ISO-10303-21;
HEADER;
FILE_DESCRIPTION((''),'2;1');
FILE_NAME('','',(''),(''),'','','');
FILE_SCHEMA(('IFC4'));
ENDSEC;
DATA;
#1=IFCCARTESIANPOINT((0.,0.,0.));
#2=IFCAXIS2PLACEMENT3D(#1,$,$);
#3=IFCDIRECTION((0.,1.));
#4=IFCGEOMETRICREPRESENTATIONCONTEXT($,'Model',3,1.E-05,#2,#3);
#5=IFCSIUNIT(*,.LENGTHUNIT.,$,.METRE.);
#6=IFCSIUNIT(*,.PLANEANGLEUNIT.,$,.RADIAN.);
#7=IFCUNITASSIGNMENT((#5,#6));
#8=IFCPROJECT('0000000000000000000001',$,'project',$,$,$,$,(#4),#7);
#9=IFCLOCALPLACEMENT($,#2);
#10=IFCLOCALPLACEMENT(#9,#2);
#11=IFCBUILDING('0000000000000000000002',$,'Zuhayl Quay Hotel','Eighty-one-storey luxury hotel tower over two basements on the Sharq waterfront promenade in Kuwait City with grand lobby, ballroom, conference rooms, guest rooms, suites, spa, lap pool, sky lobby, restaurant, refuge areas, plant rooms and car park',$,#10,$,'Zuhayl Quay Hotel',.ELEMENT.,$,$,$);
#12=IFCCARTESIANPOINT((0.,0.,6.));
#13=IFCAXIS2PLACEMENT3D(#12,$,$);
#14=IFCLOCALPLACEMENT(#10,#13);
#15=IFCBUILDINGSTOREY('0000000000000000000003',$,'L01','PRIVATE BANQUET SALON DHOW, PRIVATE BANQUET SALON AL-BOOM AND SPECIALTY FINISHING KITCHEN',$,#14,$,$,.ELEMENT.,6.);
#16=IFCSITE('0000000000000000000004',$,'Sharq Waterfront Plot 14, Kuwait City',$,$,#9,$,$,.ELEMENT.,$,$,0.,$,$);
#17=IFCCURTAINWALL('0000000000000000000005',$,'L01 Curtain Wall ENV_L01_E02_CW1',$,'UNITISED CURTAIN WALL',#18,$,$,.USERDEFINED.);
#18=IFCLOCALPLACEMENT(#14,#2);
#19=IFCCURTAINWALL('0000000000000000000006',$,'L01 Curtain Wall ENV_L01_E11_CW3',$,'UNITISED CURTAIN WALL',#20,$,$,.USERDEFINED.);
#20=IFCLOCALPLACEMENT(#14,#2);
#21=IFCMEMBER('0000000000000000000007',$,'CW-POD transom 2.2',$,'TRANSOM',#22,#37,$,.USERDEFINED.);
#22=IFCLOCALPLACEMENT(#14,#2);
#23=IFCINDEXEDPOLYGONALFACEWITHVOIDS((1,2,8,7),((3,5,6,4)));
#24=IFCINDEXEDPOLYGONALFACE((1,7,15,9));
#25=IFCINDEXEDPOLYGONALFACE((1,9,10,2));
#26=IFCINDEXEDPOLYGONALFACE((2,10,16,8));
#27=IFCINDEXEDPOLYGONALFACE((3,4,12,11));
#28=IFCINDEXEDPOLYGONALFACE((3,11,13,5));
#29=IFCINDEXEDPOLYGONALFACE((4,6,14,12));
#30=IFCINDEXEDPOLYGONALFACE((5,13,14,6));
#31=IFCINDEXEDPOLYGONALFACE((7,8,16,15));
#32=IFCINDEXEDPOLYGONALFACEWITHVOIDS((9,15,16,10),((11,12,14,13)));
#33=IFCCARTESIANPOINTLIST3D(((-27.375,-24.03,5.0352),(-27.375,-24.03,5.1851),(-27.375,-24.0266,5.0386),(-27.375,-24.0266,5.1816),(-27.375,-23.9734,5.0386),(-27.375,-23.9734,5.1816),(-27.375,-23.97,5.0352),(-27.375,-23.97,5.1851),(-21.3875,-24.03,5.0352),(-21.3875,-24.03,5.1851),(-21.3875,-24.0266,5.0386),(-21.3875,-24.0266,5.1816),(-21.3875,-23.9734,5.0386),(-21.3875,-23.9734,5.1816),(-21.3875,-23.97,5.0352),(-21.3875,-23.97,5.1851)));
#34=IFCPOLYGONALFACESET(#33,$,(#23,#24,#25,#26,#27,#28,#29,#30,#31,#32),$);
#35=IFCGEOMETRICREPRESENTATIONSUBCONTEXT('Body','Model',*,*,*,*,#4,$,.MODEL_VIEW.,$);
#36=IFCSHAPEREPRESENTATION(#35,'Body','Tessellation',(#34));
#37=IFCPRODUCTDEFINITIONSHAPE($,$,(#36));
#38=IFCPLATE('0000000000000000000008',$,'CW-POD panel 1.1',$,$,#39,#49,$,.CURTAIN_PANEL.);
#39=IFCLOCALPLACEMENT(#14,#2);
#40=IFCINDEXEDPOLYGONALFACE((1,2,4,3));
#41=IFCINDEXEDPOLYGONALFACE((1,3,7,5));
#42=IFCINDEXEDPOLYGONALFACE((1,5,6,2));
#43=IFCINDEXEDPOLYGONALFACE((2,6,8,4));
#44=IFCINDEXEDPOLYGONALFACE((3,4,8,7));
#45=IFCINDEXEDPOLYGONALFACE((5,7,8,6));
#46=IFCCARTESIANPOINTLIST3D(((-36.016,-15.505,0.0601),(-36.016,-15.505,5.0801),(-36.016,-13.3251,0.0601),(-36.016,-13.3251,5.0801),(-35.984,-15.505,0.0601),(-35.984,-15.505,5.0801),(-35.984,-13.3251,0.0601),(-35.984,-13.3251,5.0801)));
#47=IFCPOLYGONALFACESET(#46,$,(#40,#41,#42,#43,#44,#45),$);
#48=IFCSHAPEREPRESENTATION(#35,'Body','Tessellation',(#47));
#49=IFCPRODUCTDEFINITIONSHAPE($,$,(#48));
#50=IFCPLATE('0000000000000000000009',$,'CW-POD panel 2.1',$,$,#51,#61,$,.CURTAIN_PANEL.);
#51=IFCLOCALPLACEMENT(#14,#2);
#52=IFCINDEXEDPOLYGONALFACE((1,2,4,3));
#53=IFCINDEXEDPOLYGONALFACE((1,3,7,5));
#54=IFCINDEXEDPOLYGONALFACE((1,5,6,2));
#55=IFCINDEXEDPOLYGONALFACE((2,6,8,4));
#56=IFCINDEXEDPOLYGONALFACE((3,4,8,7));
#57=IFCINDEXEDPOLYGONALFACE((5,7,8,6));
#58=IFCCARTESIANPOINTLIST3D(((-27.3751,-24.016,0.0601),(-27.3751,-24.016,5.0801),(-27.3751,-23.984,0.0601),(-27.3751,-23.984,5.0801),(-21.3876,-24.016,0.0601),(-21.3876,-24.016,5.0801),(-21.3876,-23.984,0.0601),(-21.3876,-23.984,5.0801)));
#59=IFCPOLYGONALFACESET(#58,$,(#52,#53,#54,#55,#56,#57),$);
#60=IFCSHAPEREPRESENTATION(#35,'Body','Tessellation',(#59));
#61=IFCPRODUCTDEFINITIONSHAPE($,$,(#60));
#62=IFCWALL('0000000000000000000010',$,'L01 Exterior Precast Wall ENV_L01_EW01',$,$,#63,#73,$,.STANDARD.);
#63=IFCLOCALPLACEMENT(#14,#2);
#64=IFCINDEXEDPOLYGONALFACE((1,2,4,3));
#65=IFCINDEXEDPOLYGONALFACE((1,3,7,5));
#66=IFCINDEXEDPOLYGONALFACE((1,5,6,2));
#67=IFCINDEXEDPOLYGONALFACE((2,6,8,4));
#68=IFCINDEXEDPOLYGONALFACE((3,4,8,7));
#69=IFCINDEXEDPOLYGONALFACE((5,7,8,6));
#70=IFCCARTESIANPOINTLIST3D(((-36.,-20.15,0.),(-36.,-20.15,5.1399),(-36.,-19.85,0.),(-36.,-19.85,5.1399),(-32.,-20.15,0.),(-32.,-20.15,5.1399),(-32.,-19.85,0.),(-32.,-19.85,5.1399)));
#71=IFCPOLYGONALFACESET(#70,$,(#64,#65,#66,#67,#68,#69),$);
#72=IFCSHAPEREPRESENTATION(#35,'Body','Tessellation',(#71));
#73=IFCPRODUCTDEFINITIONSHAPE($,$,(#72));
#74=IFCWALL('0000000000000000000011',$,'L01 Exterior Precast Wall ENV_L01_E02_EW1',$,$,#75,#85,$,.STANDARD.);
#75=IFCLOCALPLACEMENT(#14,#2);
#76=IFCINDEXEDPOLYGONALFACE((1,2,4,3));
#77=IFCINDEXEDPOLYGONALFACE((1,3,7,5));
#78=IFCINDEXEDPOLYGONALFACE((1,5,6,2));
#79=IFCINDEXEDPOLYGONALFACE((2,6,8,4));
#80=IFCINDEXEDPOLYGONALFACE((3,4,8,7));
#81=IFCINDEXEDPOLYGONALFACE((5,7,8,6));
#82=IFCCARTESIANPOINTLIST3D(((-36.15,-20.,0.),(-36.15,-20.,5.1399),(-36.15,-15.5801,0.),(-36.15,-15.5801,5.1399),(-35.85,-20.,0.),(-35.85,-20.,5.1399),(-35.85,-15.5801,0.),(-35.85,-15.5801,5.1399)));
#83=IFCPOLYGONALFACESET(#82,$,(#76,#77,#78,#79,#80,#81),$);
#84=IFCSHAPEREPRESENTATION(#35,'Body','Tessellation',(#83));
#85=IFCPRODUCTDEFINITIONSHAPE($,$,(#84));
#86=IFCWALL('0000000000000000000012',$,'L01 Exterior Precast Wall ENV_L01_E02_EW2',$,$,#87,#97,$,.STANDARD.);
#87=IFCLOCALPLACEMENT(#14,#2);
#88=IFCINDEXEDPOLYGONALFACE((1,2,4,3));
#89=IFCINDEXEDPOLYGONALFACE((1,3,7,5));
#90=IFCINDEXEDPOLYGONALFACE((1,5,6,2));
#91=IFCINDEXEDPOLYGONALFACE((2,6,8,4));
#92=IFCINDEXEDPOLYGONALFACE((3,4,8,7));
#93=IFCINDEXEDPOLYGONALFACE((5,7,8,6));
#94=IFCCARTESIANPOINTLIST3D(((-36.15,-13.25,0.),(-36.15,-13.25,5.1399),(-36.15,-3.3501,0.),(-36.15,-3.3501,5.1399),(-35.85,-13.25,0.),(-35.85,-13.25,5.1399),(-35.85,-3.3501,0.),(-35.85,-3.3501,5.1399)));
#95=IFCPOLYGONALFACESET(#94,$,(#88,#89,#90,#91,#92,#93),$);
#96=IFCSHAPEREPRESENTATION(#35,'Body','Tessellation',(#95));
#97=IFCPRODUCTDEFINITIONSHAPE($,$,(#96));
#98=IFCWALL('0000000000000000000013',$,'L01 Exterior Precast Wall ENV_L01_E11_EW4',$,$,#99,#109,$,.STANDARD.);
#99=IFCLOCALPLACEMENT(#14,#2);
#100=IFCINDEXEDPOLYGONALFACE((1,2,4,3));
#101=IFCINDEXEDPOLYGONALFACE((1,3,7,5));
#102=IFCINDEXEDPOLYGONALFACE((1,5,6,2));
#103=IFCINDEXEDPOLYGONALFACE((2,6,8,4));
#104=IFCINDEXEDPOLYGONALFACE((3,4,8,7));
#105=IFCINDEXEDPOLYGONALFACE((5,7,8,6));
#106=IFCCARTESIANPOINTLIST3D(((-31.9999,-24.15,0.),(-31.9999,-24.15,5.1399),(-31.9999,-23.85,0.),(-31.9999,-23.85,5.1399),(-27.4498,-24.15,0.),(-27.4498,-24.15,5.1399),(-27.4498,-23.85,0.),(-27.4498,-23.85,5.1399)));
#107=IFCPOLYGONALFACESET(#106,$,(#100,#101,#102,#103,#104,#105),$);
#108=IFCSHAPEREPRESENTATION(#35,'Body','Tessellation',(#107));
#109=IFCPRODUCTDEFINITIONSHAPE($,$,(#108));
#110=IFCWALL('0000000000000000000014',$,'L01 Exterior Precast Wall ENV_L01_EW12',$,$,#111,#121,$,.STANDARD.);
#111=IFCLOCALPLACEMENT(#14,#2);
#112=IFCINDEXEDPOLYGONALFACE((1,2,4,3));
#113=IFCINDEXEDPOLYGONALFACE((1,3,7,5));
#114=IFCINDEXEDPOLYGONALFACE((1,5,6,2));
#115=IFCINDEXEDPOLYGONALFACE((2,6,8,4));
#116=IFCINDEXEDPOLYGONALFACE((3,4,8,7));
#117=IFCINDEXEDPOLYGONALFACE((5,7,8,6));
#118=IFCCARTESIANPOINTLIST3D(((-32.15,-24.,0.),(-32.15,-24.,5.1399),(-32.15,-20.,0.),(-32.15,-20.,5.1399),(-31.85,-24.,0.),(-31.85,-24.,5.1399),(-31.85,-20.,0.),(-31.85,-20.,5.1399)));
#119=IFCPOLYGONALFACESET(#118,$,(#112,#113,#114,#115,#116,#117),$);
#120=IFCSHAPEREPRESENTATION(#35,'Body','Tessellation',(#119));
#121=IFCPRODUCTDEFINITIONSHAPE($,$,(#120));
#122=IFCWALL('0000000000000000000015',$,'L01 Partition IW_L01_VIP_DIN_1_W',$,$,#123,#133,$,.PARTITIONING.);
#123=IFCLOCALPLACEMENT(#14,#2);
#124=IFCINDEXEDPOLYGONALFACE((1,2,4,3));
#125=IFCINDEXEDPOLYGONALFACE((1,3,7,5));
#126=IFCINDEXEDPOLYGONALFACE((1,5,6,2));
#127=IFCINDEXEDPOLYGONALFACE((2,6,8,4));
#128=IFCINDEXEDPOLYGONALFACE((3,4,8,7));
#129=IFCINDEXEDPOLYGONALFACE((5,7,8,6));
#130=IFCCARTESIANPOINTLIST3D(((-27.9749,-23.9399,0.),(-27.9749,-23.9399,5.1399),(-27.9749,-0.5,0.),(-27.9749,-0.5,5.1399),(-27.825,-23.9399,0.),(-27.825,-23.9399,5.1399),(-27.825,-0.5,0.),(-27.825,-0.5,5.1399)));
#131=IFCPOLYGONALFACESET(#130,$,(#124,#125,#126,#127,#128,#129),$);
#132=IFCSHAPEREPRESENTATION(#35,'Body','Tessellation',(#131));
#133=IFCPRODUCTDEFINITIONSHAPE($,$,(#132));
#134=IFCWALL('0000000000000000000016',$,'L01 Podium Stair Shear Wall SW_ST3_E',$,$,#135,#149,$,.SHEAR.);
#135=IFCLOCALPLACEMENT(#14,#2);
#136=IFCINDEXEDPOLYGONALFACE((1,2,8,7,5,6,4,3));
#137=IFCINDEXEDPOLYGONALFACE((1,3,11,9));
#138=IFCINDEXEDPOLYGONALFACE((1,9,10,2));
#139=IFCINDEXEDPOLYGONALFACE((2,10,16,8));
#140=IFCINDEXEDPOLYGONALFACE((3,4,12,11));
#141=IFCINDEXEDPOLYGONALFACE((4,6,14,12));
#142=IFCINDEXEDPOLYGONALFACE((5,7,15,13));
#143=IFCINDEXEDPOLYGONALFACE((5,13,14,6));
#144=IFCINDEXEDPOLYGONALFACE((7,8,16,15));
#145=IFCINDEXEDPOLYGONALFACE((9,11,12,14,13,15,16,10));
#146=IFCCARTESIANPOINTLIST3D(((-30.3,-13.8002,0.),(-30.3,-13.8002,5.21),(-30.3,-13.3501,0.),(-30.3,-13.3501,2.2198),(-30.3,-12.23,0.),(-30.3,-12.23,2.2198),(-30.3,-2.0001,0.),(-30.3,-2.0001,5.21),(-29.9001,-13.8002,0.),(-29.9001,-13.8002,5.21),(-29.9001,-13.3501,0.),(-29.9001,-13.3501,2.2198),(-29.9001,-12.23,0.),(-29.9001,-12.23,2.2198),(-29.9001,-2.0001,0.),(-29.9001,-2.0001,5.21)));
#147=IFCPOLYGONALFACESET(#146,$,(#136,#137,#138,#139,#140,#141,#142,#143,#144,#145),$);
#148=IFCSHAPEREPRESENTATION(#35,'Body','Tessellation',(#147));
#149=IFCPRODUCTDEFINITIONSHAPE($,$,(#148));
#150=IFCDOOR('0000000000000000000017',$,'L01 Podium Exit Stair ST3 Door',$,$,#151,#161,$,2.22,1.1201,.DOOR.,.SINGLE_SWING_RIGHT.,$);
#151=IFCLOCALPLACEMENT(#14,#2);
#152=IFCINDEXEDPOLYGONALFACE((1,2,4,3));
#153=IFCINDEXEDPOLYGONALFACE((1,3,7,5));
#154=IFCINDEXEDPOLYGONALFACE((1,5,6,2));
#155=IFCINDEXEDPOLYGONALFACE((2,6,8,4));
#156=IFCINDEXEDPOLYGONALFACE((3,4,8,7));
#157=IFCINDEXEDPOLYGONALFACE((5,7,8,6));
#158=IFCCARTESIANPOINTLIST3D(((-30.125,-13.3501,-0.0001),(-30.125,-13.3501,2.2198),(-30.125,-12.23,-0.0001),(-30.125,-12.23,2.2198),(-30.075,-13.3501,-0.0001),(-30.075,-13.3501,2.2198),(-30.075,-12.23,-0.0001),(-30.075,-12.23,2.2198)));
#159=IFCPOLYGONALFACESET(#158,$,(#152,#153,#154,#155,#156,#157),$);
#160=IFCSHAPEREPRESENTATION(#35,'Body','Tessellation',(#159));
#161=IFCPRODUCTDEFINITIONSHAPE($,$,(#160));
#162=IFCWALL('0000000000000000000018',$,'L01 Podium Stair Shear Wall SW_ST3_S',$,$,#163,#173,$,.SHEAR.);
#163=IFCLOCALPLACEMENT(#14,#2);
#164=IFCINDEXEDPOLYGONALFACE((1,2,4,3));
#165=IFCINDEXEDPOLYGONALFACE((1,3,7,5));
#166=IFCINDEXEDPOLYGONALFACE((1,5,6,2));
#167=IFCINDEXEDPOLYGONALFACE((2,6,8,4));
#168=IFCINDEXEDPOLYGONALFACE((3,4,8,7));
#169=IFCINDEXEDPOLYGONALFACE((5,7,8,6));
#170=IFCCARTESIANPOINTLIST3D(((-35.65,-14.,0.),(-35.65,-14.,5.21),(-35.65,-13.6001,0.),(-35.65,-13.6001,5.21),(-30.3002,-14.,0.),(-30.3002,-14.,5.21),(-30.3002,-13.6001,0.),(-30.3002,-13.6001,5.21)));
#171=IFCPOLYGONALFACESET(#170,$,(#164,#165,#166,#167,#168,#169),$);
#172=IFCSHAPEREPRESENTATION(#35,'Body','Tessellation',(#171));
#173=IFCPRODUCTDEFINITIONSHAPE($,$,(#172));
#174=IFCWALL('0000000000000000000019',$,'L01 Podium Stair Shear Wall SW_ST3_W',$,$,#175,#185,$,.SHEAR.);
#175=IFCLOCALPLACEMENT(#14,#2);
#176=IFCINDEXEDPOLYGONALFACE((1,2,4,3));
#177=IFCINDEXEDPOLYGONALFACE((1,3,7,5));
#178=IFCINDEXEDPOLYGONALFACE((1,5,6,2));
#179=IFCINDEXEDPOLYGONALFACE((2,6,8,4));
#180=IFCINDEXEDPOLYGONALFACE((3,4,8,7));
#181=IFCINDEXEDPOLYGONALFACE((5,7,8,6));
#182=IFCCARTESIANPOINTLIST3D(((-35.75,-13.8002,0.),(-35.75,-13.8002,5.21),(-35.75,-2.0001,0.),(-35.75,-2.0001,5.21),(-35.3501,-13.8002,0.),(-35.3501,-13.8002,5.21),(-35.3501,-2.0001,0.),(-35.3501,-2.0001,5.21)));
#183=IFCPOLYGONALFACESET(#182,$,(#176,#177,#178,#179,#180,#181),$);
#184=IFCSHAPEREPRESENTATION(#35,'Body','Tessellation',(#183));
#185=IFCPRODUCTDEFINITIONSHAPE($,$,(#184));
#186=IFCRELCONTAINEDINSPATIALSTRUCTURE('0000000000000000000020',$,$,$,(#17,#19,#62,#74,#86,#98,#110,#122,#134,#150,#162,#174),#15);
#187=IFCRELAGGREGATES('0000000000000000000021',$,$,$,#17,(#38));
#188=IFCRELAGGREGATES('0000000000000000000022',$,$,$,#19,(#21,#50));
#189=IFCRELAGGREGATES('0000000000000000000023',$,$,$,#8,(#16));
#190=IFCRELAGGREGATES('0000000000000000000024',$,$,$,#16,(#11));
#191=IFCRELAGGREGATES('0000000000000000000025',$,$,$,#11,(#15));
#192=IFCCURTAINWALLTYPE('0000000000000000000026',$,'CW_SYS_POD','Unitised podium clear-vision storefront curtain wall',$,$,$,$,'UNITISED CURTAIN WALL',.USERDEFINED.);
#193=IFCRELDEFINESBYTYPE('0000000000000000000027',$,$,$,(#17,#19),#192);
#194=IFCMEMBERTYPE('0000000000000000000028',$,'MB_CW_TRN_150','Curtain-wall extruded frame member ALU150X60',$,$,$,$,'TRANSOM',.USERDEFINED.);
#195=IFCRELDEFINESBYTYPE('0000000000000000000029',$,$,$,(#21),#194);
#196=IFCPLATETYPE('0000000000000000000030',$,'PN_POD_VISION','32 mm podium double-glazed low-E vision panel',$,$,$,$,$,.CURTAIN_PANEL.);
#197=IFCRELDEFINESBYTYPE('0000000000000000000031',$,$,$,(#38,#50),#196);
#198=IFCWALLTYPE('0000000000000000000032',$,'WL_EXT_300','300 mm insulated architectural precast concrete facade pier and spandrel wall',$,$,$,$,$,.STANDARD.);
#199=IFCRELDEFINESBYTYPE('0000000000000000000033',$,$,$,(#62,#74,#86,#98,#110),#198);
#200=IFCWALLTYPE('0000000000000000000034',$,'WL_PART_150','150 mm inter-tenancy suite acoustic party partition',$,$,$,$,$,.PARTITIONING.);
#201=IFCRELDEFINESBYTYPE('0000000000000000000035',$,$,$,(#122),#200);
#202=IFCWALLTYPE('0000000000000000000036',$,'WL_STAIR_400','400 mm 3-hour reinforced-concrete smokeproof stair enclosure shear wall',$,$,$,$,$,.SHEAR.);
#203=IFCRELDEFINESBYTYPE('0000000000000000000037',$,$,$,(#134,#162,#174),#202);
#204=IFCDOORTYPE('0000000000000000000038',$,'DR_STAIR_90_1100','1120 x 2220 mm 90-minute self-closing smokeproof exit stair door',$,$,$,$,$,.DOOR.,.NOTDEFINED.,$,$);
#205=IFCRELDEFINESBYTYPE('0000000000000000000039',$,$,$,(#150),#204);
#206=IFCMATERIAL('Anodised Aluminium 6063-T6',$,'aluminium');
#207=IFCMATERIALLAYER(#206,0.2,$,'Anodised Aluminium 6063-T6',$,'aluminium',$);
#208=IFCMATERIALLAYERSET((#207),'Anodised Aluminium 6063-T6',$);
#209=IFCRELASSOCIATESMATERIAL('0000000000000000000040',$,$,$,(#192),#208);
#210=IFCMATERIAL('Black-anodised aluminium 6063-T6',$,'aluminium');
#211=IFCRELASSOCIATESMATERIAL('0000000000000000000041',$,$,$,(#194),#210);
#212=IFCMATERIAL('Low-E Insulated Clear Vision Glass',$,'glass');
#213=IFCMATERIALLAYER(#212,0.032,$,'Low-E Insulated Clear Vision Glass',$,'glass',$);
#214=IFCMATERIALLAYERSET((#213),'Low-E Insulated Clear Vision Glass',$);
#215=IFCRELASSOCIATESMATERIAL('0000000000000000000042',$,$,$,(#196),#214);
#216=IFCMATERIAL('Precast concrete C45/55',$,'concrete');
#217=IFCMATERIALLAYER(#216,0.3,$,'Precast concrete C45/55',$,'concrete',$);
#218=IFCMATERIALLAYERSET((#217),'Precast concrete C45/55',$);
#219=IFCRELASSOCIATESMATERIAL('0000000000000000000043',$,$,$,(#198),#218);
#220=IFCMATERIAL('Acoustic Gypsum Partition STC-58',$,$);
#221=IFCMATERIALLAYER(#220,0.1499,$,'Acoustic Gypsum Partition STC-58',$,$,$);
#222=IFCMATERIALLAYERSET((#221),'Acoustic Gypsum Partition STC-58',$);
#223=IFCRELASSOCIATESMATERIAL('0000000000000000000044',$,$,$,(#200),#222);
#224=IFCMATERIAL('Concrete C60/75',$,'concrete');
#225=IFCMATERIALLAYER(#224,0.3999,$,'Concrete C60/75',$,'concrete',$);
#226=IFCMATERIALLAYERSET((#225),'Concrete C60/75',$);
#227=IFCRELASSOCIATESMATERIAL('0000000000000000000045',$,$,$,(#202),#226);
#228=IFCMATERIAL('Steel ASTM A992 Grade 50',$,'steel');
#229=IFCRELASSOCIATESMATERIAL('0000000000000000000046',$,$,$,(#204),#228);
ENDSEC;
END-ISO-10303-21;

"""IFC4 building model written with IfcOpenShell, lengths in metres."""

from ifc_helpers import new_model, si_unit, direction, frame, frame_2d, origin, origin_2d, place, context, subcontext, project, spatial, rectangle, hollow_rectangle, extrude, material, layer, layer_set, material_profile, profile_set, type_object, element, fill, aggregate, save


model = new_model("IFC4")

# Units and contexts
model_context = context("Model", 3, precision=1e-05, world=origin(), true_north=direction((0.0, 1.0)))
body_context = subcontext(model_context, "Body", "Model", "MODEL_VIEW")
ifc_project = project(units=[si_unit("LENGTHUNIT", "METRE"), si_unit("PLANEANGLEUNIT", "RADIAN")], contexts=[model_context])

# Site, building, storey
site_placement = place(None, origin())
site = spatial("IfcSite", under=ifc_project, at=site_placement, Name="Sharq Waterfront Plot 14, Kuwait City", CompositionType="ELEMENT", RefElevation=0.0)
building_placement = place(site_placement, origin())
building = spatial("IfcBuilding", under=site, at=building_placement, Name="Zuhayl Quay Hotel", Description="Eighty-one-storey luxury hotel tower over two basements on the Sharq waterfront promenade in Kuwait City with grand lobby, ballroom, conference rooms, guest rooms, suites, spa, lap pool, sky lobby, restaurant, refuge areas, plant rooms and car park", LongName="Zuhayl Quay Hotel", CompositionType="ELEMENT")
storey_placement = place(building_placement, frame((0.0, 0.0, 6.0)))
storey = spatial("IfcBuildingStorey", under=building, at=storey_placement, Name="L01", Description="PRIVATE BANQUET SALON DHOW, PRIVATE BANQUET SALON AL-BOOM AND SPECIALTY FINISHING KITCHEN", CompositionType="ELEMENT", Elevation=6.0)

# Shared definitions
ifc_material_1 = material(Name="Steel ASTM A992 Grade 50", Category="steel")

# Curtain wall
ifc_material_2 = material(Name="Anodised Aluminium 6063-T6", Category="aluminium")
ifc_layer_1 = layer(ifc_material_2, 0.2, Name="Anodised Aluminium 6063-T6", Category="aluminium")
ifc_layer_set_1 = layer_set([ifc_layer_1], Name="Anodised Aluminium 6063-T6")
curtain_wall_type = type_object("IfcCurtainWallType", Name="CW_SYS_POD", Description="Unitised podium clear-vision storefront curtain wall", ElementType="UNITISED CURTAIN WALL", PredefinedType="USERDEFINED", material=ifc_layer_set_1)
curtain_wall_1_placement = place(storey_placement, origin())
curtain_wall_1 = element("IfcCurtainWall", 1, at=curtain_wall_1_placement, inside=storey, type_object=curtain_wall_type, Name="L01 Curtain Wall ENV_L01_E02_CW1", ObjectType="UNITISED CURTAIN WALL", PredefinedType="USERDEFINED")
ifc_material_3 = material(Name="Black-anodised aluminium 6063-T6", Category="aluminium")

# Curtain wall
curtain_wall_2_placement = place(storey_placement, origin())
curtain_wall_2 = element("IfcCurtainWall", 2, at=curtain_wall_2_placement, inside=storey, type_object=curtain_wall_type, Name="L01 Curtain Wall ENV_L01_E11_CW3", ObjectType="UNITISED CURTAIN WALL", PredefinedType="USERDEFINED")

# Member
ifc_material_profile_1 = material_profile(ifc_material_3, hollow_rectangle(XDim=0.0601, YDim=0.1499, WallThickness=0.0034, at=origin_2d()), Name="ALU150X60")
ifc_profile_set_1 = profile_set([ifc_material_profile_1], Name="Black-anodised aluminium 6063-T6")
member_type_1 = type_object("IfcMemberType", Name="MB_CW_TRN_150", Description="Curtain-wall extruded frame member ALU150X60", ElementType="TRANSOM", PredefinedType="USERDEFINED", material=ifc_profile_set_1)
member_1_placement = place(storey_placement, frame((-21.3875, -24.0, 5.1101), z_axis=(-1.0, 0.0, 0.0), x_axis=(0.0, -1.0, 0.0)))
member_1 = element("IfcMember", 3, at=member_1_placement, type_object=member_type_1, Name="CW-POD transom 2.2", ObjectType="TRANSOM", PredefinedType="USERDEFINED", context=body_context, shape_type="SweptSolid", body=[
    extrude(hollow_rectangle(XDim=0.0601, YDim=0.1499, WallThickness=0.0034, at=origin_2d()), origin(), (0.0, 0.0, 1.0), 5.9875),
])

# Plates
ifc_material_4 = material(Name="Low-E Insulated Clear Vision Glass", Category="glass")
ifc_layer_2 = layer(ifc_material_4, 0.032, Name="Low-E Insulated Clear Vision Glass", Category="glass")
ifc_layer_set_2 = layer_set([ifc_layer_2], Name="Low-E Insulated Clear Vision Glass")
plate_type = type_object("IfcPlateType", Name="PN_POD_VISION", Description="32 mm podium double-glazed low-E vision panel", PredefinedType="CURTAIN_PANEL", material=ifc_layer_set_2)
plate_1_placement = place(storey_placement, frame((-36.0, -14.415, 0.0601), z_axis=(0.0, 0.0, 1.0), x_axis=(0.0, 1.0, 0.0)))
plate_1 = element("IfcPlate", 4, at=plate_1_placement, type_object=plate_type, Name="CW-POD panel 1.1", PredefinedType="CURTAIN_PANEL", context=body_context, shape_type="SweptSolid", body=[
    extrude(rectangle(XDim=2.1799, YDim=0.032, at=origin_2d()), origin(), (0.0, 0.0, 1.0), 5.02),
])
aggregate(curtain_wall_1, [plate_1])
plate_2_placement = place(storey_placement, frame((-24.3813, -24.0, 0.0601), z_axis=(0.0, 0.0, 1.0), x_axis=(-1.0, 0.0, 0.0)))
plate_2 = element("IfcPlate", 5, at=plate_2_placement, type_object=plate_type, Name="CW-POD panel 2.1", PredefinedType="CURTAIN_PANEL", context=body_context, shape_type="SweptSolid", body=[
    extrude(rectangle(XDim=5.9875, YDim=0.032, at=origin_2d()), origin(), (0.0, 0.0, 1.0), 5.02),
])
aggregate(curtain_wall_2, [member_1, plate_2])

# Walls
ifc_material_5 = material(Name="Precast concrete C45/55", Category="concrete")
ifc_layer_3 = layer(ifc_material_5, 0.3, Name="Precast concrete C45/55", Category="concrete")
ifc_layer_set_3 = layer_set([ifc_layer_3], Name="Precast concrete C45/55")
wall_type_1 = type_object("IfcWallType", Name="WL_EXT_300", Description="300 mm insulated architectural precast concrete facade pier and spandrel wall", PredefinedType="STANDARD", material=ifc_layer_set_3)
wall_1_placement = place(storey_placement, frame((-32.0, -20.0, 0.0), z_axis=(0.0, 0.0, 1.0), x_axis=(-1.0, 0.0, 0.0)))
element("IfcWall", 6, at=wall_1_placement, inside=storey, type_object=wall_type_1, Name="L01 Exterior Precast Wall ENV_L01_EW01", PredefinedType="STANDARD", context=body_context, shape_type="SweptSolid", body=[
    extrude(rectangle(XDim=4.0, YDim=0.3, at=frame_2d((2.0, 0.0))), origin(), (0.0, 0.0, 1.0), 5.1399),
])
wall_2_placement = place(storey_placement, frame((-36.0, -20.0, 0.0), z_axis=(0.0, 0.0, 1.0), x_axis=(0.0, 1.0, 0.0)))
element("IfcWall", 7, at=wall_2_placement, inside=storey, type_object=wall_type_1, Name="L01 Exterior Precast Wall ENV_L01_E02_EW1", PredefinedType="STANDARD", context=body_context, shape_type="SweptSolid", body=[
    extrude(rectangle(XDim=4.4199, YDim=0.3, at=frame_2d((2.21, 0.0))), origin(), (0.0, 0.0, 1.0), 5.1399),
])
wall_3_placement = place(storey_placement, frame((-36.0, -13.25, 0.0), z_axis=(0.0, 0.0, 1.0), x_axis=(0.0, 1.0, 0.0)))
element("IfcWall", 8, at=wall_3_placement, inside=storey, type_object=wall_type_1, Name="L01 Exterior Precast Wall ENV_L01_E02_EW2", PredefinedType="STANDARD", context=body_context, shape_type="SweptSolid", body=[
    extrude(rectangle(XDim=9.8999, YDim=0.3, at=frame_2d((4.95, 0.0))), origin(), (0.0, 0.0, 1.0), 5.1399),
])
wall_4_placement = place(storey_placement, frame((-27.45, -24.0, 0.0), z_axis=(0.0, 0.0, 1.0), x_axis=(-1.0, 0.0, 0.0)))
element("IfcWall", 9, at=wall_4_placement, inside=storey, type_object=wall_type_1, Name="L01 Exterior Precast Wall ENV_L01_E11_EW4", PredefinedType="STANDARD", context=body_context, shape_type="SweptSolid", body=[
    extrude(rectangle(XDim=4.55, YDim=0.3, at=frame_2d((2.2749, 0.0))), origin(), (0.0, 0.0, 1.0), 5.1399),
])
wall_5_placement = place(storey_placement, frame((-32.0, -24.0, 0.0), z_axis=(0.0, 0.0, 1.0), x_axis=(0.0, 1.0, 0.0)))
element("IfcWall", 10, at=wall_5_placement, inside=storey, type_object=wall_type_1, Name="L01 Exterior Precast Wall ENV_L01_EW12", PredefinedType="STANDARD", context=body_context, shape_type="SweptSolid", body=[
    extrude(rectangle(XDim=4.0, YDim=0.3, at=frame_2d((2.0, 0.0))), origin(), (0.0, 0.0, 1.0), 5.1399),
])
ifc_material_6 = material(Name="Acoustic Gypsum Partition STC-58")
ifc_layer_4 = layer(ifc_material_6, 0.1499, Name="Acoustic Gypsum Partition STC-58")
ifc_layer_set_4 = layer_set([ifc_layer_4], Name="Acoustic Gypsum Partition STC-58")
wall_type_2 = type_object("IfcWallType", Name="WL_PART_150", Description="150 mm inter-tenancy suite acoustic party partition", PredefinedType="PARTITIONING", material=ifc_layer_set_4)
wall_6_placement = place(storey_placement, frame((-27.8999, -23.9399, 0.0), z_axis=(0.0, 0.0, 1.0), x_axis=(0.0, 1.0, 0.0)))
element("IfcWall", 11, at=wall_6_placement, inside=storey, type_object=wall_type_2, Name="L01 Partition IW_L01_VIP_DIN_1_W", PredefinedType="PARTITIONING", context=body_context, shape_type="SweptSolid", body=[
    extrude(rectangle(XDim=23.4399, YDim=0.1499, at=frame_2d((11.72, 0.0))), origin(), (0.0, 0.0, 1.0), 5.1399),
])

# Wall, opening, door
ifc_material_7 = material(Name="Concrete C60/75", Category="concrete")
ifc_layer_5 = layer(ifc_material_7, 0.3999, Name="Concrete C60/75", Category="concrete")
ifc_layer_set_5 = layer_set([ifc_layer_5], Name="Concrete C60/75")
wall_type_3 = type_object("IfcWallType", Name="WL_STAIR_400", Description="400 mm 3-hour reinforced-concrete smokeproof stair enclosure shear wall", PredefinedType="SHEAR", material=ifc_layer_set_5)
wall_7_placement = place(storey_placement, frame((-30.1001, -13.8, 0.0), z_axis=(0.0, 0.0, 1.0), x_axis=(0.0, 1.0, 0.0)))
wall_7 = element("IfcWall", 12, at=wall_7_placement, inside=storey, type_object=wall_type_3, Name="L01 Podium Stair Shear Wall SW_ST3_E", PredefinedType="SHEAR", context=body_context, shape_type="SweptSolid", body=[
    extrude(rectangle(XDim=11.8, YDim=0.3999, at=frame_2d((5.8999, 0.0))), origin(), (0.0, 0.0, 1.0), 5.21),
])
opening_placement = place(wall_7_placement, frame((0.45, 0.0, 0.0)))
opening = element("IfcOpeningElement", 13, at=opening_placement, cuts=wall_7, PredefinedType="OPENING", context=body_context, shape_type="SweptSolid", body=[
    extrude(rectangle(XDim=1.1201, YDim=2.22, at=frame_2d((0.5601, 1.1099))), frame((0.0, 0.21, 0.0), z_axis=(0.0, -1.0, 0.0), x_axis=(1.0, 0.0, 0.0)), (0.0, 0.0, 1.0), 0.4199),
])
door_type = type_object("IfcDoorType", Name="DR_STAIR_90_1100", Description="1120 x 2220 mm 90-minute self-closing smokeproof exit stair door", OperationType="NOTDEFINED", PredefinedType="DOOR", material=ifc_material_1)
door_placement = place(opening_placement, origin())
door = element("IfcDoor", 14, at=door_placement, inside=storey, type_object=door_type, Name="L01 Podium Exit Stair ST3 Door", OperationType="SINGLE_SWING_RIGHT", OverallHeight=2.22, OverallWidth=1.1201, PredefinedType="DOOR", context=body_context, shape_type="SweptSolid", body=[
    extrude(rectangle(XDim=1.1201, YDim=2.22, at=frame_2d((0.5601, 1.1099))), frame((0.0, 0.0249, 0.0), z_axis=(0.0, -1.0, 0.0), x_axis=(1.0, 0.0, 0.0)), (0.0, 0.0, 1.0), 0.05),
])
fill(opening, door)

# Walls
wall_8_placement = place(storey_placement, frame((-35.6499, -13.8, 0.0), z_axis=(0.0, 0.0, 1.0), x_axis=(1.0, 0.0, 0.0)))
element("IfcWall", 15, at=wall_8_placement, inside=storey, type_object=wall_type_3, Name="L01 Podium Stair Shear Wall SW_ST3_S", PredefinedType="SHEAR", context=body_context, shape_type="SweptSolid", body=[
    extrude(rectangle(XDim=5.3499, YDim=0.3999, at=frame_2d((2.6748, 0.0))), origin(), (0.0, 0.0, 1.0), 5.21),
])
wall_9_placement = place(storey_placement, frame((-35.55, -13.8, 0.0), z_axis=(0.0, 0.0, 1.0), x_axis=(0.0, 1.0, 0.0)))
element("IfcWall", 16, at=wall_9_placement, inside=storey, type_object=wall_type_3, Name="L01 Podium Stair Shear Wall SW_ST3_W", PredefinedType="SHEAR", context=body_context, shape_type="SweptSolid", body=[
    extrude(rectangle(XDim=11.8, YDim=0.3999, at=frame_2d((5.8999, 0.0))), origin(), (0.0, 0.0, 1.0), 5.21),
])

save(model, "model.ifc")
